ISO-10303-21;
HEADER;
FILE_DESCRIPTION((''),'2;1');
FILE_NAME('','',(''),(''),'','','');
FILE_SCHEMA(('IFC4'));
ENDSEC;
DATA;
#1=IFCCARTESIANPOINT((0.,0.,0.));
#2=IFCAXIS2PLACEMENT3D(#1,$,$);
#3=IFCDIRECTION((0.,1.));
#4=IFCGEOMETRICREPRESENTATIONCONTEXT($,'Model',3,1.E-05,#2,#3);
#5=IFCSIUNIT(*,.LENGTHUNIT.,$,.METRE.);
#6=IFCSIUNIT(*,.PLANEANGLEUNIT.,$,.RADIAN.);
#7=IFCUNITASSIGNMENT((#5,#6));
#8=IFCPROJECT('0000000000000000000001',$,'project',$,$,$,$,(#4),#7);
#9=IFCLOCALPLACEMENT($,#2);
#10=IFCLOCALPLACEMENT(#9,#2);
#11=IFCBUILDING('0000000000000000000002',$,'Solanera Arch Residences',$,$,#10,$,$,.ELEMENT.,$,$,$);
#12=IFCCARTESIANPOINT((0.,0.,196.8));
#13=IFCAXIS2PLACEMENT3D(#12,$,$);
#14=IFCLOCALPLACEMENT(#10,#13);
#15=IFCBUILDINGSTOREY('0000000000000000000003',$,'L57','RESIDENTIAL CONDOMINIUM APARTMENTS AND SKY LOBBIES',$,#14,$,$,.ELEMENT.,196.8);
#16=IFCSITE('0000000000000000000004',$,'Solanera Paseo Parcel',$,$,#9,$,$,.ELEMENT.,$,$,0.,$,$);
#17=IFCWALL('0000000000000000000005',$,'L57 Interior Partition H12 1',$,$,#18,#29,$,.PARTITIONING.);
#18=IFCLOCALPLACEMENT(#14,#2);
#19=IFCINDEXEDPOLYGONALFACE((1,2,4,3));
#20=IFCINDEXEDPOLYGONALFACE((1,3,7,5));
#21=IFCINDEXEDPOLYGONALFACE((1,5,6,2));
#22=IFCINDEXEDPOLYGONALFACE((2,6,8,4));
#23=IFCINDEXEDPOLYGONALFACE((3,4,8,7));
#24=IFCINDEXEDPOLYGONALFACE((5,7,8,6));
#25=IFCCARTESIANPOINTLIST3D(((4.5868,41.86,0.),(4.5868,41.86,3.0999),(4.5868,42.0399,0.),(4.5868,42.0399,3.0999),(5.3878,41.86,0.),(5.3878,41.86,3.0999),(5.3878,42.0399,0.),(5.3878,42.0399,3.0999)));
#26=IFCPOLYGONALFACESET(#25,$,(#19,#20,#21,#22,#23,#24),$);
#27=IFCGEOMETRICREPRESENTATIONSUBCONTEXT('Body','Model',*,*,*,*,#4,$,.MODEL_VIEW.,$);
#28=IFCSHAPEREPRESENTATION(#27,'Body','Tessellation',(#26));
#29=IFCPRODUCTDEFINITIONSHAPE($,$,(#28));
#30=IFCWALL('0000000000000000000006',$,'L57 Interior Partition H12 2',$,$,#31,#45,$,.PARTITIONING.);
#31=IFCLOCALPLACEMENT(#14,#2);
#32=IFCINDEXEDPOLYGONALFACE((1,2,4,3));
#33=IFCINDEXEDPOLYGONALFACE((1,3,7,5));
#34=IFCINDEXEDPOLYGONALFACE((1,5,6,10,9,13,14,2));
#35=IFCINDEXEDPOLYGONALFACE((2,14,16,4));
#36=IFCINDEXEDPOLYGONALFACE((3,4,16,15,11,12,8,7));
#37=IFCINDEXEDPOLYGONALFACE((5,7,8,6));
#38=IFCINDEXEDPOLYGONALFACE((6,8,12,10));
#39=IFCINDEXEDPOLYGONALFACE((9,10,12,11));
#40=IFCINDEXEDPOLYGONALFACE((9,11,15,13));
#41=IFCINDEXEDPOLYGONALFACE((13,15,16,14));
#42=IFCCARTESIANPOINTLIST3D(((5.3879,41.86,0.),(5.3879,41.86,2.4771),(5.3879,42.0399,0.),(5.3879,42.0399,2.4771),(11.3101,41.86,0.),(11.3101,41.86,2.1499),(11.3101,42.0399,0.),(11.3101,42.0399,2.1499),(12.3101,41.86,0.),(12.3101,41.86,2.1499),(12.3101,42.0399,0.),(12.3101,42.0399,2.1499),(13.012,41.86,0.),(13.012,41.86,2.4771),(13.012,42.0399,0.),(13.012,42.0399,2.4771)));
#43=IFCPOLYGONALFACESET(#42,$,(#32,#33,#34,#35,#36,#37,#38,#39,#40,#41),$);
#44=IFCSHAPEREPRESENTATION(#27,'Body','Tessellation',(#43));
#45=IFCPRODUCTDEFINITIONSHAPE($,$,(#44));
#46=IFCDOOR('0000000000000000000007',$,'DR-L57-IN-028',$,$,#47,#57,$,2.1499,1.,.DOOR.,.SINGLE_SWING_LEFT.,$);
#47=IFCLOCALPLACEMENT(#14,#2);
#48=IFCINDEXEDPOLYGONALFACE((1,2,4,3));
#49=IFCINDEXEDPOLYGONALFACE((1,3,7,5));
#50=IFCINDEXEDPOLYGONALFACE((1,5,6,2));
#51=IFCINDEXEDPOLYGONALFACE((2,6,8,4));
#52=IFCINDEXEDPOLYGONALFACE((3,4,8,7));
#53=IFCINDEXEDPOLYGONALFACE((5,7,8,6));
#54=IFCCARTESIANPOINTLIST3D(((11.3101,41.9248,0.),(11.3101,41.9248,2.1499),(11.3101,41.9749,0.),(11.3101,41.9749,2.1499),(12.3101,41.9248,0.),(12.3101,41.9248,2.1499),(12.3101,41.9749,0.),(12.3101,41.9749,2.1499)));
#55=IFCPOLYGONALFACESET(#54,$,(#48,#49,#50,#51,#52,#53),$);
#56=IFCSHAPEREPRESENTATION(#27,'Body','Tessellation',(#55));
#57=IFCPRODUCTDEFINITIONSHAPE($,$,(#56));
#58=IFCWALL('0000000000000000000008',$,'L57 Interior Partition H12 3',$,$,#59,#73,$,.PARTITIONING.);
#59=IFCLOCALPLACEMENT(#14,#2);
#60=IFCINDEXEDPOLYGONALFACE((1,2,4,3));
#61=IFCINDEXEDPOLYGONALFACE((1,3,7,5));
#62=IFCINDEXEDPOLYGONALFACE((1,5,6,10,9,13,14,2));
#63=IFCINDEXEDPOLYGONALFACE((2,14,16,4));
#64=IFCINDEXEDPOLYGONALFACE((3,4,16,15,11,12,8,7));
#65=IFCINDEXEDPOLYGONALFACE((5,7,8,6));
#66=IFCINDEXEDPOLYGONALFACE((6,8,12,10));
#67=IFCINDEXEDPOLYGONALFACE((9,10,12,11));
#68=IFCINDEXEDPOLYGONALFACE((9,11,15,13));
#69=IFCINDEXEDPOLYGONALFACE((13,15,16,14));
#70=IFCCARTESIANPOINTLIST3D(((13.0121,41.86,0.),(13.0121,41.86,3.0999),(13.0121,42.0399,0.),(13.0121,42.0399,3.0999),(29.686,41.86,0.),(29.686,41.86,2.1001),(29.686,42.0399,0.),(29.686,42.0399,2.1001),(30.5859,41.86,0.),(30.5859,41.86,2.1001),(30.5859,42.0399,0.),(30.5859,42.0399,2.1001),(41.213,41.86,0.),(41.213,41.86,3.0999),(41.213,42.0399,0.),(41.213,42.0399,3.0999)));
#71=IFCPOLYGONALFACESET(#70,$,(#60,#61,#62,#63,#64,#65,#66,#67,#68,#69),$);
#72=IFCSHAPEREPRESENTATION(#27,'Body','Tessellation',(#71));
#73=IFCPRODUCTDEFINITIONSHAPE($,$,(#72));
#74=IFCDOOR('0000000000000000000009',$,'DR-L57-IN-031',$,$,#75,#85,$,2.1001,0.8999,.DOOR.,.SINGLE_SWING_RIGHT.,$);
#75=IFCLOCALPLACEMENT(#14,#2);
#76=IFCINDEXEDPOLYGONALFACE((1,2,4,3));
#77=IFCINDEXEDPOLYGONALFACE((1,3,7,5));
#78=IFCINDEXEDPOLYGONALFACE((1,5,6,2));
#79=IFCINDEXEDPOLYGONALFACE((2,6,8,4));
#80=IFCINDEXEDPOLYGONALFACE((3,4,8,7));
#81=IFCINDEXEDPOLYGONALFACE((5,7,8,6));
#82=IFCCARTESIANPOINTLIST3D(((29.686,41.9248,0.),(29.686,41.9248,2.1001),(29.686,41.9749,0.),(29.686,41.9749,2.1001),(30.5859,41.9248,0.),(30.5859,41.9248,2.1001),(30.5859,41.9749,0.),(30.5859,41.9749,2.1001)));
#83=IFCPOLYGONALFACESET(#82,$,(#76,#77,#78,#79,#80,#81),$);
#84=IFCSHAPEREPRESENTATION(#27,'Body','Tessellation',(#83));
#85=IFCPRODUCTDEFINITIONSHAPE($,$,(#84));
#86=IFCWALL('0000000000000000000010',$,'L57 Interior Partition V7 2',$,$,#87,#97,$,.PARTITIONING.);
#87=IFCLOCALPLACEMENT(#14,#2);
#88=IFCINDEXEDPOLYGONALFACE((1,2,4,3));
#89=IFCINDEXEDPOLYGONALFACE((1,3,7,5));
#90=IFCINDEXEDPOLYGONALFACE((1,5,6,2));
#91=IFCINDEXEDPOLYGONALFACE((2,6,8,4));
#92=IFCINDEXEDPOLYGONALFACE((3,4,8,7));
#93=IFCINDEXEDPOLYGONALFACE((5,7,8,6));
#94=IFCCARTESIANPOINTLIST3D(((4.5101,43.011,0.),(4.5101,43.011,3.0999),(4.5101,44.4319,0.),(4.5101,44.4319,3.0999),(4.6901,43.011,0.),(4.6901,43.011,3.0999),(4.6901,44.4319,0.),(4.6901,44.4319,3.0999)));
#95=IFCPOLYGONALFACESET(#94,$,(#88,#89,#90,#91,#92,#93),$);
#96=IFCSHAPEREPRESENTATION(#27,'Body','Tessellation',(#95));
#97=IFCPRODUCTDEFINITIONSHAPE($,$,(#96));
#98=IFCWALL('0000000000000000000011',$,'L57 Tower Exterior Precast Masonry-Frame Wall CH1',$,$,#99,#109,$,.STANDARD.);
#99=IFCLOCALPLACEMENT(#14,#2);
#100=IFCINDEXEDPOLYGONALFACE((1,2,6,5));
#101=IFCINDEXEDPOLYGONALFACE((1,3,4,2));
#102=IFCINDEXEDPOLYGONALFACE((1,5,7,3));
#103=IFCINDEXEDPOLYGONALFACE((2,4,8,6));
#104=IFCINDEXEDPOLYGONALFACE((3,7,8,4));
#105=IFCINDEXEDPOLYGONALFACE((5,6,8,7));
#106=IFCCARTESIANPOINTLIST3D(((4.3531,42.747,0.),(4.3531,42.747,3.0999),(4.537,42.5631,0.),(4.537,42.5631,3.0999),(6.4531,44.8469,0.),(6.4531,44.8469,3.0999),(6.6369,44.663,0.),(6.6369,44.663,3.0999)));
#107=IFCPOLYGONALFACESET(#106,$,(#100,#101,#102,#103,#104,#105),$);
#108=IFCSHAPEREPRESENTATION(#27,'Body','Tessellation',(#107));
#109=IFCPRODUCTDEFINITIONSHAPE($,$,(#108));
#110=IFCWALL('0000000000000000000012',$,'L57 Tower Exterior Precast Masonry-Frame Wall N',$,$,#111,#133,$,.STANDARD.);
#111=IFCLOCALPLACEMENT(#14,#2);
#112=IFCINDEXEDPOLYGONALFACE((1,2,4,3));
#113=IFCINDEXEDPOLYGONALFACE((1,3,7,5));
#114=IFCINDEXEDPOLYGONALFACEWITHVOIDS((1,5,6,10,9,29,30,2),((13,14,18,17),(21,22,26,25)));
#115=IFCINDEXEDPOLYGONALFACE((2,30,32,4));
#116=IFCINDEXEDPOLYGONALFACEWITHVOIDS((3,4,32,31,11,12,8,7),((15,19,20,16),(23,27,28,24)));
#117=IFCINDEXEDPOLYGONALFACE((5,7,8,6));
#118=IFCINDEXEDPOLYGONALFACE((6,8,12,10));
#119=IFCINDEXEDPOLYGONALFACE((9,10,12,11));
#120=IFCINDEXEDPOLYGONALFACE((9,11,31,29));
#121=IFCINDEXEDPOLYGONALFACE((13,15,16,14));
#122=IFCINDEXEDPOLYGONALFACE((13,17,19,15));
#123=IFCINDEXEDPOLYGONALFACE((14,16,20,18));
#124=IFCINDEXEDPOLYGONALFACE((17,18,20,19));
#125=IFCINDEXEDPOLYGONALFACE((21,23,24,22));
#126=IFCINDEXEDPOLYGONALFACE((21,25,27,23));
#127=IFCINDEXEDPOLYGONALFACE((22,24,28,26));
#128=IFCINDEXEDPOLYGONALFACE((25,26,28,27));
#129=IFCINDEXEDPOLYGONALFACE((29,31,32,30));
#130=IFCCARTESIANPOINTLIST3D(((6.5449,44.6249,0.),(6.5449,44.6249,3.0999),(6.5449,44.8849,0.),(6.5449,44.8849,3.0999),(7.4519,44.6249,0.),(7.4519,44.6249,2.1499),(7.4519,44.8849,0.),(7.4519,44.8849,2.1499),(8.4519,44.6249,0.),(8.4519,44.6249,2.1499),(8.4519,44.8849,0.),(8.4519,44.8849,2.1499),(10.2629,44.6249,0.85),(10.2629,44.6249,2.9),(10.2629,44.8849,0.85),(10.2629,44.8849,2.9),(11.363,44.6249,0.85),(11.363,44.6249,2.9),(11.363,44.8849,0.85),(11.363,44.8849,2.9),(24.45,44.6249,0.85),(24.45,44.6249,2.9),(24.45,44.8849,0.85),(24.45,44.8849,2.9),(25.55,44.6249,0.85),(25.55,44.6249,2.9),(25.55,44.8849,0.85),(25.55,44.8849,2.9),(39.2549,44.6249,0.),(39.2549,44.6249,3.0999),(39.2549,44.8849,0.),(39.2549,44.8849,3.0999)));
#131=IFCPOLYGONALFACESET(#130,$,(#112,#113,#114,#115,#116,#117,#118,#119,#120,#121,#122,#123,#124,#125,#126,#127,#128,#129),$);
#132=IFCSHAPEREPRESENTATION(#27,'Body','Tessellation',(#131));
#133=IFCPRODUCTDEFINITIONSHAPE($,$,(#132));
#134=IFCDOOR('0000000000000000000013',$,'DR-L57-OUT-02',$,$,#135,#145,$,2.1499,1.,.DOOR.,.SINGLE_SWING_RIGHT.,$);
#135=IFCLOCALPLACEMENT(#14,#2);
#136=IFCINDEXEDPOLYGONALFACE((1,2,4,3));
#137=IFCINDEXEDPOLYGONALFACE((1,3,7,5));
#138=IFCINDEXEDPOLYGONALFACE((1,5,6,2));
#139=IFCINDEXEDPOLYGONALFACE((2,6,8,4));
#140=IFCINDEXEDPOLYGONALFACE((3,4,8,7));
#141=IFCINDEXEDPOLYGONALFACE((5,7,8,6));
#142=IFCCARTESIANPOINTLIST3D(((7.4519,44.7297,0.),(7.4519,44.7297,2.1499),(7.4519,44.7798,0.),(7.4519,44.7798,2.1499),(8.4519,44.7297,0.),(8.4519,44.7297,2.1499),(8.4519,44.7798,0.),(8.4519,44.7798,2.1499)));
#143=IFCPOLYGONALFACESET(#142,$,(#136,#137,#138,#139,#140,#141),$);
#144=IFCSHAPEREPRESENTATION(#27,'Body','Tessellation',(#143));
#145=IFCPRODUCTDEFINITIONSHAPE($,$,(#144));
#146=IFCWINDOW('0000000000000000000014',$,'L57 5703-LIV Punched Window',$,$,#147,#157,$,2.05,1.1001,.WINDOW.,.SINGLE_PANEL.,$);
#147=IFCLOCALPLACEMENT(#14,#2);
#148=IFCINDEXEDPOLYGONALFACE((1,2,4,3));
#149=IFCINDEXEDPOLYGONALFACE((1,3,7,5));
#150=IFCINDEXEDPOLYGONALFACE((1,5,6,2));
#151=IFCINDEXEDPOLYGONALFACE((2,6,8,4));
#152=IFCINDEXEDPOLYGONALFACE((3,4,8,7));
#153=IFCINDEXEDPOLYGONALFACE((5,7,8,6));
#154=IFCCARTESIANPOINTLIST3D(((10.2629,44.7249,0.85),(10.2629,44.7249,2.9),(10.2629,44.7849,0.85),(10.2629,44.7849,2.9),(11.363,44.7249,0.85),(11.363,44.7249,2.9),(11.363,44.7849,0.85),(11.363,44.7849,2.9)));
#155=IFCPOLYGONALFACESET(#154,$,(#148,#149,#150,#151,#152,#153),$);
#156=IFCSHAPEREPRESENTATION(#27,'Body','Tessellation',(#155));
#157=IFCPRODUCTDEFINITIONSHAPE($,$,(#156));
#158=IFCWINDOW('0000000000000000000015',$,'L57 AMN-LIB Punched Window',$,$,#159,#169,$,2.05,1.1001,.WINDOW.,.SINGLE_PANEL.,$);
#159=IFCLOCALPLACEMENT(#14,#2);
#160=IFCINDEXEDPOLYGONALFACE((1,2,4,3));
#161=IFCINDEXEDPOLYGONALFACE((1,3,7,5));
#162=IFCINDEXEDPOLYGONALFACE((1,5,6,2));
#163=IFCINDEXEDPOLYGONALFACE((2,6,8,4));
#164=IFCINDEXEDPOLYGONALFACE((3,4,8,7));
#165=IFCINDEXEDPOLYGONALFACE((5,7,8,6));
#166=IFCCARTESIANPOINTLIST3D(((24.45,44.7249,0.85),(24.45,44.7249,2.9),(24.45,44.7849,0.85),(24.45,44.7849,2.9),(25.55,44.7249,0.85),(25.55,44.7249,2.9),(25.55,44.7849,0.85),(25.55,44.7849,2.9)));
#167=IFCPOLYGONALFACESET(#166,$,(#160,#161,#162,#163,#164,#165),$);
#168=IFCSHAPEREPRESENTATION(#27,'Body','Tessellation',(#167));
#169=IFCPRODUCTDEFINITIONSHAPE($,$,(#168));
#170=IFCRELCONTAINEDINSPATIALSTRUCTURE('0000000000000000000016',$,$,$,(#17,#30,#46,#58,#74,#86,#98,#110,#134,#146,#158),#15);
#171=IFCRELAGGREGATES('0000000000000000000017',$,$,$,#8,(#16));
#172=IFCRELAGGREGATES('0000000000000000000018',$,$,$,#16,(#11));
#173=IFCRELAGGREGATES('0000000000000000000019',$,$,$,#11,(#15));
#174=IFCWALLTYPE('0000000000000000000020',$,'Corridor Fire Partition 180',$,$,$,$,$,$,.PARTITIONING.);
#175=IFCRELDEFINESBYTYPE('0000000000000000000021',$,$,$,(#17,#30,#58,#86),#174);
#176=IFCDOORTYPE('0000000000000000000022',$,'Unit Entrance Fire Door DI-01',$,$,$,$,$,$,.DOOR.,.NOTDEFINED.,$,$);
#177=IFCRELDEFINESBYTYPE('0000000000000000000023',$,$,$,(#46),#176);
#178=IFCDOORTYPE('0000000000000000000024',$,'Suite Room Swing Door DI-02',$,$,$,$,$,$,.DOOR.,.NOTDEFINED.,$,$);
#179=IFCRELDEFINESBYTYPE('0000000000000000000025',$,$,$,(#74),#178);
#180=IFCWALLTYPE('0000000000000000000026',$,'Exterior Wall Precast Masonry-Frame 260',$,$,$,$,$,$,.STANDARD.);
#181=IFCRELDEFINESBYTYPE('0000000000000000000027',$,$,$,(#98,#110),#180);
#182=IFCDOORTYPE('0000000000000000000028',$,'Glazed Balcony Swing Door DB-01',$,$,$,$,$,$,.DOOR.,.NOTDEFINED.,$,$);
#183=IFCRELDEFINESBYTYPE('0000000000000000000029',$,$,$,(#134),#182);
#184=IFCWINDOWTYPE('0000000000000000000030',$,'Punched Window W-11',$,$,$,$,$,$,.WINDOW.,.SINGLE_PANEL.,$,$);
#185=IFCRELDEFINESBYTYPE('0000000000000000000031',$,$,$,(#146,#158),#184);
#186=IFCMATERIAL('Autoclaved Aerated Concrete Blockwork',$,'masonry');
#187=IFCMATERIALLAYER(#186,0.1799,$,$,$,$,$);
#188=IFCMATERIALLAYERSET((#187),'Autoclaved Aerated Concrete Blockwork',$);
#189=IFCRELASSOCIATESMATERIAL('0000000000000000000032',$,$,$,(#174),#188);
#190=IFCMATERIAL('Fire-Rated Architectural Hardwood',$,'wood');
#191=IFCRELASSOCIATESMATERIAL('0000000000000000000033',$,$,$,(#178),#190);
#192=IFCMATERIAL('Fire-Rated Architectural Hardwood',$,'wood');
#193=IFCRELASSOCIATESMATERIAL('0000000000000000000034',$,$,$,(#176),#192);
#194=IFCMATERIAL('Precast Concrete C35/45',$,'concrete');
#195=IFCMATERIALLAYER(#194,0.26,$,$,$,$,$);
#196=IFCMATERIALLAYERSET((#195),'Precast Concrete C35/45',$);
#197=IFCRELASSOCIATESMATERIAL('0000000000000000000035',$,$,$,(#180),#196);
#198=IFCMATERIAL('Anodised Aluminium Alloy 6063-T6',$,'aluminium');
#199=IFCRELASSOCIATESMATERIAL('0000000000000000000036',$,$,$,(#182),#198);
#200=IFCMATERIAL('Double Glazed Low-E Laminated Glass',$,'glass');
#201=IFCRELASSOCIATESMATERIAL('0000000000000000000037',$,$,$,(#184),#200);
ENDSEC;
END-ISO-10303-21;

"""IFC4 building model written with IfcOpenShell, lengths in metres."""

from ifc_helpers import new_model, si_unit, direction, frame, frame_2d, origin, place, context, subcontext, project, spatial, rectangle, extrude, material, layer, layer_set, type_object, element, fill, save


model = new_model("IFC4")

# Units and contexts
model_context = context("Model", 3, precision=1e-05, world=origin(), true_north=direction((0.0, 1.0)))
body_context = subcontext(model_context, "Body", "Model", "MODEL_VIEW")
ifc_project = project(units=[si_unit("LENGTHUNIT", "METRE"), si_unit("PLANEANGLEUNIT", "RADIAN")], contexts=[model_context])

# Site, building, storey
site_placement = place(None, origin())
site = spatial("IfcSite", under=ifc_project, at=site_placement, Name="Solanera Paseo Parcel", CompositionType="ELEMENT", RefElevation=0.0)
building_placement = place(site_placement, origin())
building = spatial("IfcBuilding", under=site, at=building_placement, Name="Solanera Arch Residences", CompositionType="ELEMENT")
storey_placement = place(building_placement, frame((0.0, 0.0, 196.8)))
storey = spatial("IfcBuildingStorey", under=building, at=storey_placement, Name="L57", Description="RESIDENTIAL CONDOMINIUM APARTMENTS AND SKY LOBBIES", CompositionType="ELEMENT", Elevation=196.8)

# Shared definitions
ifc_material_1 = material(Name="Autoclaved Aerated Concrete Blockwork", Category="masonry")
ifc_layer_1 = layer(ifc_material_1, 0.1799)
ifc_layer_set_1 = layer_set([ifc_layer_1], Name="Autoclaved Aerated Concrete Blockwork")
wall_type_1 = type_object("IfcWallType", Name="Corridor Fire Partition 180", PredefinedType="PARTITIONING", material=ifc_layer_set_1)

# Shared definitions
ifc_material_2 = material(Name="Fire-Rated Architectural Hardwood", Category="wood")
door_type_1 = type_object("IfcDoorType", Name="Suite Room Swing Door DI-02", OperationType="NOTDEFINED", PredefinedType="DOOR", material=ifc_material_2)

# Wall
wall_1_placement = place(storey_placement, frame((4.5869, 41.95, 0.0), z_axis=(0.0, 0.0, 1.0), x_axis=(1.0, 0.0, 0.0)))
element("IfcWall", 1, at=wall_1_placement, inside=storey, type_object=wall_type_1, Name="L57 Interior Partition H12 1", PredefinedType="PARTITIONING", context=body_context, shape_type="SweptSolid", body=[
    extrude(rectangle(XDim=0.801, YDim=0.1799, at=frame_2d((0.4004, 0.0))), origin(), (0.0, 0.0, 1.0), 3.0999),
])

# Walls, openings, doors
wall_2_placement = place(storey_placement, frame((5.3879, 41.95, 0.0), z_axis=(0.0, 0.0, 1.0), x_axis=(1.0, 0.0, 0.0)))
wall_2 = element("IfcWall", 2, at=wall_2_placement, inside=storey, type_object=wall_type_1, Name="L57 Interior Partition H12 2", PredefinedType="PARTITIONING", context=body_context, shape_type="SweptSolid", body=[
    extrude(rectangle(XDim=7.624, YDim=0.1799, at=frame_2d((3.812, 0.0))), origin(), (0.0, 0.0, 1.0), 2.4771),
])
opening_1_placement = place(wall_2_placement, frame((5.9221, 0.0, 0.0)))
opening_1 = element("IfcOpeningElement", 3, at=opening_1_placement, cuts=wall_2, PredefinedType="OPENING", context=body_context, shape_type="SweptSolid", body=[
    extrude(rectangle(XDim=1.0, YDim=2.1499, at=frame_2d((0.5, 1.075))), frame((0.0, 0.1001, 0.0), z_axis=(0.0, -1.0, 0.0), x_axis=(1.0, 0.0, 0.0)), (0.0, 0.0, 1.0), 0.1999),
])
ifc_material_3 = material(Name="Fire-Rated Architectural Hardwood", Category="wood")
door_type_2 = type_object("IfcDoorType", Name="Unit Entrance Fire Door DI-01", OperationType="NOTDEFINED", PredefinedType="DOOR", material=ifc_material_3)
door_1_placement = place(opening_1_placement, origin())
door_1 = element("IfcDoor", 4, at=door_1_placement, inside=storey, type_object=door_type_2, Name="DR-L57-IN-028", OperationType="SINGLE_SWING_LEFT", OverallHeight=2.1499, OverallWidth=1.0, PredefinedType="DOOR", context=body_context, shape_type="SweptSolid", body=[
    extrude(rectangle(XDim=1.0, YDim=2.1499, at=frame_2d((0.5, 1.075))), frame((0.0, 0.0249, 0.0), z_axis=(0.0, -1.0, 0.0), x_axis=(1.0, 0.0, 0.0)), (0.0, 0.0, 1.0), 0.05),
])
fill(opening_1, door_1)
wall_3_placement = place(storey_placement, frame((13.012, 41.95, 0.0), z_axis=(0.0, 0.0, 1.0), x_axis=(1.0, 0.0, 0.0)))
wall_3 = element("IfcWall", 5, at=wall_3_placement, inside=storey, type_object=wall_type_1, Name="L57 Interior Partition H12 3", PredefinedType="PARTITIONING", context=body_context, shape_type="SweptSolid", body=[
    extrude(rectangle(XDim=28.2009, YDim=0.1799, at=frame_2d((14.1006, 0.0))), origin(), (0.0, 0.0, 1.0), 3.0999),
])
opening_2_placement = place(wall_3_placement, frame((16.6741, 0.0, 0.0)))
opening_2 = element("IfcOpeningElement", 6, at=opening_2_placement, cuts=wall_3, PredefinedType="OPENING", context=body_context, shape_type="SweptSolid", body=[
    extrude(rectangle(XDim=0.8999, YDim=2.1001, at=frame_2d((0.45, 1.05))), frame((0.0, 0.1001, 0.0), z_axis=(0.0, -1.0, 0.0), x_axis=(1.0, 0.0, 0.0)), (0.0, 0.0, 1.0), 0.1999),
])
door_2_placement = place(opening_2_placement, origin())
door_2 = element("IfcDoor", 7, at=door_2_placement, inside=storey, type_object=door_type_1, Name="DR-L57-IN-031", OperationType="SINGLE_SWING_RIGHT", OverallHeight=2.1001, OverallWidth=0.8999, PredefinedType="DOOR", context=body_context, shape_type="SweptSolid", body=[
    extrude(rectangle(XDim=0.8999, YDim=2.1001, at=frame_2d((0.45, 1.05))), frame((0.0, 0.0249, 0.0), z_axis=(0.0, -1.0, 0.0), x_axis=(1.0, 0.0, 0.0)), (0.0, 0.0, 1.0), 0.05),
])
fill(opening_2, door_2)

# Walls
wall_4_placement = place(storey_placement, frame((4.6001, 43.011, 0.0), z_axis=(0.0, 0.0, 1.0), x_axis=(0.0, 1.0, 0.0)))
element("IfcWall", 8, at=wall_4_placement, inside=storey, type_object=wall_type_1, Name="L57 Interior Partition V7 2", PredefinedType="PARTITIONING", context=body_context, shape_type="SweptSolid", body=[
    extrude(rectangle(XDim=1.4209, YDim=0.1799, at=frame_2d((0.7104, 0.0))), origin(), (0.0, 0.0, 1.0), 3.0999),
])
ifc_material_4 = material(Name="Precast Concrete C35/45", Category="concrete")
ifc_layer_2 = layer(ifc_material_4, 0.26)
ifc_layer_set_2 = layer_set([ifc_layer_2], Name="Precast Concrete C35/45")
wall_type_2 = type_object("IfcWallType", Name="Exterior Wall Precast Masonry-Frame 260", PredefinedType="STANDARD", material=ifc_layer_set_2)
wall_5_placement = place(storey_placement, frame((4.4451, 42.655, 0.0), z_axis=(0.0, 0.0, 1.0), x_axis=(0.707107, 0.707107, 0.0)))
element("IfcWall", 9, at=wall_5_placement, inside=storey, type_object=wall_type_2, Name="L57 Tower Exterior Precast Masonry-Frame Wall CH1", PredefinedType="STANDARD", context=body_context, shape_type="SweptSolid", body=[
    extrude(rectangle(XDim=2.9697, YDim=0.26, at=frame_2d((1.4849, 0.0))), origin(), (0.0, 0.0, 1.0), 3.0999),
])

# Wall, openings, door, windows
wall_6_placement = place(storey_placement, frame((6.5449, 44.7549, 0.0), z_axis=(0.0, 0.0, 1.0), x_axis=(1.0, 0.0, 0.0)))
wall_6 = element("IfcWall", 10, at=wall_6_placement, inside=storey, type_object=wall_type_2, Name="L57 Tower Exterior Precast Masonry-Frame Wall N", PredefinedType="STANDARD", context=body_context, shape_type="SweptSolid", body=[
    extrude(rectangle(XDim=32.71, YDim=0.26, at=frame_2d((16.355, 0.0))), origin(), (0.0, 0.0, 1.0), 3.0999),
])
opening_3_placement = place(wall_6_placement, frame((0.907, 0.0, 0.0)))
opening_3 = element("IfcOpeningElement", 11, at=opening_3_placement, cuts=wall_6, PredefinedType="OPENING", context=body_context, shape_type="SweptSolid", body=[
    extrude(rectangle(XDim=1.0, YDim=2.1499, at=frame_2d((0.5, 1.075))), frame((0.0, 0.1399, 0.0), z_axis=(0.0, -1.0, 0.0), x_axis=(1.0, 0.0, 0.0)), (0.0, 0.0, 1.0), 0.28),
])
opening_4_placement = place(wall_6_placement, frame((3.718, 0.0, 0.8501)))
opening_4 = element("IfcOpeningElement", 12, at=opening_4_placement, cuts=wall_6, PredefinedType="OPENING", context=body_context, shape_type="SweptSolid", body=[
    extrude(rectangle(XDim=1.1001, YDim=2.05, at=frame_2d((0.55, 1.0249))), frame((0.0, 0.1399, 0.0), z_axis=(0.0, -1.0, 0.0), x_axis=(1.0, 0.0, 0.0)), (0.0, 0.0, 1.0), 0.28),
])
opening_5_placement = place(wall_6_placement, frame((17.905, 0.0, 0.8501)))
opening_5 = element("IfcOpeningElement", 13, at=opening_5_placement, cuts=wall_6, PredefinedType="OPENING", context=body_context, shape_type="SweptSolid", body=[
    extrude(rectangle(XDim=1.1001, YDim=2.05, at=frame_2d((0.55, 1.0249))), frame((0.0, 0.1399, 0.0), z_axis=(0.0, -1.0, 0.0), x_axis=(1.0, 0.0, 0.0)), (0.0, 0.0, 1.0), 0.28),
])
ifc_material_5 = material(Name="Anodised Aluminium Alloy 6063-T6", Category="aluminium")
door_type_3 = type_object("IfcDoorType", Name="Glazed Balcony Swing Door DB-01", OperationType="NOTDEFINED", PredefinedType="DOOR", material=ifc_material_5)
door_3_placement = place(opening_3_placement, origin())
door_3 = element("IfcDoor", 14, at=door_3_placement, inside=storey, type_object=door_type_3, Name="DR-L57-OUT-02", OperationType="SINGLE_SWING_RIGHT", OverallHeight=2.1499, OverallWidth=1.0, PredefinedType="DOOR", context=body_context, shape_type="SweptSolid", body=[
    extrude(rectangle(XDim=1.0, YDim=2.1499, at=frame_2d((0.5, 1.075))), frame((0.0, 0.0249, 0.0), z_axis=(0.0, -1.0, 0.0), x_axis=(1.0, 0.0, 0.0)), (0.0, 0.0, 1.0), 0.05),
])
fill(opening_3, door_3)
ifc_material_6 = material(Name="Double Glazed Low-E Laminated Glass", Category="glass")
window_type = type_object("IfcWindowType", Name="Punched Window W-11", PartitioningType="SINGLE_PANEL", PredefinedType="WINDOW", material=ifc_material_6)
window_1_placement = place(opening_4_placement, origin())
window_1 = element("IfcWindow", 15, at=window_1_placement, inside=storey, type_object=window_type, Name="L57 5703-LIV Punched Window", OverallHeight=2.05, OverallWidth=1.1001, PartitioningType="SINGLE_PANEL", PredefinedType="WINDOW", context=body_context, shape_type="SweptSolid", body=[
    extrude(rectangle(XDim=1.1001, YDim=2.05, at=frame_2d((0.55, 1.0249))), frame((0.0, 0.03, 0.0), z_axis=(0.0, -1.0, 0.0), x_axis=(1.0, 0.0, 0.0)), (0.0, 0.0, 1.0), 0.0601),
])
fill(opening_4, window_1)
window_2_placement = place(opening_5_placement, origin())
window_2 = element("IfcWindow", 16, at=window_2_placement, inside=storey, type_object=window_type, Name="L57 AMN-LIB Punched Window", OverallHeight=2.05, OverallWidth=1.1001, PartitioningType="SINGLE_PANEL", PredefinedType="WINDOW", context=body_context, shape_type="SweptSolid", body=[
    extrude(rectangle(XDim=1.1001, YDim=2.05, at=frame_2d((0.55, 1.0249))), frame((0.0, 0.03, 0.0), z_axis=(0.0, -1.0, 0.0), x_axis=(1.0, 0.0, 0.0)), (0.0, 0.0, 1.0), 0.0601),
])
fill(opening_5, window_2)

save(model, "model.ifc")
